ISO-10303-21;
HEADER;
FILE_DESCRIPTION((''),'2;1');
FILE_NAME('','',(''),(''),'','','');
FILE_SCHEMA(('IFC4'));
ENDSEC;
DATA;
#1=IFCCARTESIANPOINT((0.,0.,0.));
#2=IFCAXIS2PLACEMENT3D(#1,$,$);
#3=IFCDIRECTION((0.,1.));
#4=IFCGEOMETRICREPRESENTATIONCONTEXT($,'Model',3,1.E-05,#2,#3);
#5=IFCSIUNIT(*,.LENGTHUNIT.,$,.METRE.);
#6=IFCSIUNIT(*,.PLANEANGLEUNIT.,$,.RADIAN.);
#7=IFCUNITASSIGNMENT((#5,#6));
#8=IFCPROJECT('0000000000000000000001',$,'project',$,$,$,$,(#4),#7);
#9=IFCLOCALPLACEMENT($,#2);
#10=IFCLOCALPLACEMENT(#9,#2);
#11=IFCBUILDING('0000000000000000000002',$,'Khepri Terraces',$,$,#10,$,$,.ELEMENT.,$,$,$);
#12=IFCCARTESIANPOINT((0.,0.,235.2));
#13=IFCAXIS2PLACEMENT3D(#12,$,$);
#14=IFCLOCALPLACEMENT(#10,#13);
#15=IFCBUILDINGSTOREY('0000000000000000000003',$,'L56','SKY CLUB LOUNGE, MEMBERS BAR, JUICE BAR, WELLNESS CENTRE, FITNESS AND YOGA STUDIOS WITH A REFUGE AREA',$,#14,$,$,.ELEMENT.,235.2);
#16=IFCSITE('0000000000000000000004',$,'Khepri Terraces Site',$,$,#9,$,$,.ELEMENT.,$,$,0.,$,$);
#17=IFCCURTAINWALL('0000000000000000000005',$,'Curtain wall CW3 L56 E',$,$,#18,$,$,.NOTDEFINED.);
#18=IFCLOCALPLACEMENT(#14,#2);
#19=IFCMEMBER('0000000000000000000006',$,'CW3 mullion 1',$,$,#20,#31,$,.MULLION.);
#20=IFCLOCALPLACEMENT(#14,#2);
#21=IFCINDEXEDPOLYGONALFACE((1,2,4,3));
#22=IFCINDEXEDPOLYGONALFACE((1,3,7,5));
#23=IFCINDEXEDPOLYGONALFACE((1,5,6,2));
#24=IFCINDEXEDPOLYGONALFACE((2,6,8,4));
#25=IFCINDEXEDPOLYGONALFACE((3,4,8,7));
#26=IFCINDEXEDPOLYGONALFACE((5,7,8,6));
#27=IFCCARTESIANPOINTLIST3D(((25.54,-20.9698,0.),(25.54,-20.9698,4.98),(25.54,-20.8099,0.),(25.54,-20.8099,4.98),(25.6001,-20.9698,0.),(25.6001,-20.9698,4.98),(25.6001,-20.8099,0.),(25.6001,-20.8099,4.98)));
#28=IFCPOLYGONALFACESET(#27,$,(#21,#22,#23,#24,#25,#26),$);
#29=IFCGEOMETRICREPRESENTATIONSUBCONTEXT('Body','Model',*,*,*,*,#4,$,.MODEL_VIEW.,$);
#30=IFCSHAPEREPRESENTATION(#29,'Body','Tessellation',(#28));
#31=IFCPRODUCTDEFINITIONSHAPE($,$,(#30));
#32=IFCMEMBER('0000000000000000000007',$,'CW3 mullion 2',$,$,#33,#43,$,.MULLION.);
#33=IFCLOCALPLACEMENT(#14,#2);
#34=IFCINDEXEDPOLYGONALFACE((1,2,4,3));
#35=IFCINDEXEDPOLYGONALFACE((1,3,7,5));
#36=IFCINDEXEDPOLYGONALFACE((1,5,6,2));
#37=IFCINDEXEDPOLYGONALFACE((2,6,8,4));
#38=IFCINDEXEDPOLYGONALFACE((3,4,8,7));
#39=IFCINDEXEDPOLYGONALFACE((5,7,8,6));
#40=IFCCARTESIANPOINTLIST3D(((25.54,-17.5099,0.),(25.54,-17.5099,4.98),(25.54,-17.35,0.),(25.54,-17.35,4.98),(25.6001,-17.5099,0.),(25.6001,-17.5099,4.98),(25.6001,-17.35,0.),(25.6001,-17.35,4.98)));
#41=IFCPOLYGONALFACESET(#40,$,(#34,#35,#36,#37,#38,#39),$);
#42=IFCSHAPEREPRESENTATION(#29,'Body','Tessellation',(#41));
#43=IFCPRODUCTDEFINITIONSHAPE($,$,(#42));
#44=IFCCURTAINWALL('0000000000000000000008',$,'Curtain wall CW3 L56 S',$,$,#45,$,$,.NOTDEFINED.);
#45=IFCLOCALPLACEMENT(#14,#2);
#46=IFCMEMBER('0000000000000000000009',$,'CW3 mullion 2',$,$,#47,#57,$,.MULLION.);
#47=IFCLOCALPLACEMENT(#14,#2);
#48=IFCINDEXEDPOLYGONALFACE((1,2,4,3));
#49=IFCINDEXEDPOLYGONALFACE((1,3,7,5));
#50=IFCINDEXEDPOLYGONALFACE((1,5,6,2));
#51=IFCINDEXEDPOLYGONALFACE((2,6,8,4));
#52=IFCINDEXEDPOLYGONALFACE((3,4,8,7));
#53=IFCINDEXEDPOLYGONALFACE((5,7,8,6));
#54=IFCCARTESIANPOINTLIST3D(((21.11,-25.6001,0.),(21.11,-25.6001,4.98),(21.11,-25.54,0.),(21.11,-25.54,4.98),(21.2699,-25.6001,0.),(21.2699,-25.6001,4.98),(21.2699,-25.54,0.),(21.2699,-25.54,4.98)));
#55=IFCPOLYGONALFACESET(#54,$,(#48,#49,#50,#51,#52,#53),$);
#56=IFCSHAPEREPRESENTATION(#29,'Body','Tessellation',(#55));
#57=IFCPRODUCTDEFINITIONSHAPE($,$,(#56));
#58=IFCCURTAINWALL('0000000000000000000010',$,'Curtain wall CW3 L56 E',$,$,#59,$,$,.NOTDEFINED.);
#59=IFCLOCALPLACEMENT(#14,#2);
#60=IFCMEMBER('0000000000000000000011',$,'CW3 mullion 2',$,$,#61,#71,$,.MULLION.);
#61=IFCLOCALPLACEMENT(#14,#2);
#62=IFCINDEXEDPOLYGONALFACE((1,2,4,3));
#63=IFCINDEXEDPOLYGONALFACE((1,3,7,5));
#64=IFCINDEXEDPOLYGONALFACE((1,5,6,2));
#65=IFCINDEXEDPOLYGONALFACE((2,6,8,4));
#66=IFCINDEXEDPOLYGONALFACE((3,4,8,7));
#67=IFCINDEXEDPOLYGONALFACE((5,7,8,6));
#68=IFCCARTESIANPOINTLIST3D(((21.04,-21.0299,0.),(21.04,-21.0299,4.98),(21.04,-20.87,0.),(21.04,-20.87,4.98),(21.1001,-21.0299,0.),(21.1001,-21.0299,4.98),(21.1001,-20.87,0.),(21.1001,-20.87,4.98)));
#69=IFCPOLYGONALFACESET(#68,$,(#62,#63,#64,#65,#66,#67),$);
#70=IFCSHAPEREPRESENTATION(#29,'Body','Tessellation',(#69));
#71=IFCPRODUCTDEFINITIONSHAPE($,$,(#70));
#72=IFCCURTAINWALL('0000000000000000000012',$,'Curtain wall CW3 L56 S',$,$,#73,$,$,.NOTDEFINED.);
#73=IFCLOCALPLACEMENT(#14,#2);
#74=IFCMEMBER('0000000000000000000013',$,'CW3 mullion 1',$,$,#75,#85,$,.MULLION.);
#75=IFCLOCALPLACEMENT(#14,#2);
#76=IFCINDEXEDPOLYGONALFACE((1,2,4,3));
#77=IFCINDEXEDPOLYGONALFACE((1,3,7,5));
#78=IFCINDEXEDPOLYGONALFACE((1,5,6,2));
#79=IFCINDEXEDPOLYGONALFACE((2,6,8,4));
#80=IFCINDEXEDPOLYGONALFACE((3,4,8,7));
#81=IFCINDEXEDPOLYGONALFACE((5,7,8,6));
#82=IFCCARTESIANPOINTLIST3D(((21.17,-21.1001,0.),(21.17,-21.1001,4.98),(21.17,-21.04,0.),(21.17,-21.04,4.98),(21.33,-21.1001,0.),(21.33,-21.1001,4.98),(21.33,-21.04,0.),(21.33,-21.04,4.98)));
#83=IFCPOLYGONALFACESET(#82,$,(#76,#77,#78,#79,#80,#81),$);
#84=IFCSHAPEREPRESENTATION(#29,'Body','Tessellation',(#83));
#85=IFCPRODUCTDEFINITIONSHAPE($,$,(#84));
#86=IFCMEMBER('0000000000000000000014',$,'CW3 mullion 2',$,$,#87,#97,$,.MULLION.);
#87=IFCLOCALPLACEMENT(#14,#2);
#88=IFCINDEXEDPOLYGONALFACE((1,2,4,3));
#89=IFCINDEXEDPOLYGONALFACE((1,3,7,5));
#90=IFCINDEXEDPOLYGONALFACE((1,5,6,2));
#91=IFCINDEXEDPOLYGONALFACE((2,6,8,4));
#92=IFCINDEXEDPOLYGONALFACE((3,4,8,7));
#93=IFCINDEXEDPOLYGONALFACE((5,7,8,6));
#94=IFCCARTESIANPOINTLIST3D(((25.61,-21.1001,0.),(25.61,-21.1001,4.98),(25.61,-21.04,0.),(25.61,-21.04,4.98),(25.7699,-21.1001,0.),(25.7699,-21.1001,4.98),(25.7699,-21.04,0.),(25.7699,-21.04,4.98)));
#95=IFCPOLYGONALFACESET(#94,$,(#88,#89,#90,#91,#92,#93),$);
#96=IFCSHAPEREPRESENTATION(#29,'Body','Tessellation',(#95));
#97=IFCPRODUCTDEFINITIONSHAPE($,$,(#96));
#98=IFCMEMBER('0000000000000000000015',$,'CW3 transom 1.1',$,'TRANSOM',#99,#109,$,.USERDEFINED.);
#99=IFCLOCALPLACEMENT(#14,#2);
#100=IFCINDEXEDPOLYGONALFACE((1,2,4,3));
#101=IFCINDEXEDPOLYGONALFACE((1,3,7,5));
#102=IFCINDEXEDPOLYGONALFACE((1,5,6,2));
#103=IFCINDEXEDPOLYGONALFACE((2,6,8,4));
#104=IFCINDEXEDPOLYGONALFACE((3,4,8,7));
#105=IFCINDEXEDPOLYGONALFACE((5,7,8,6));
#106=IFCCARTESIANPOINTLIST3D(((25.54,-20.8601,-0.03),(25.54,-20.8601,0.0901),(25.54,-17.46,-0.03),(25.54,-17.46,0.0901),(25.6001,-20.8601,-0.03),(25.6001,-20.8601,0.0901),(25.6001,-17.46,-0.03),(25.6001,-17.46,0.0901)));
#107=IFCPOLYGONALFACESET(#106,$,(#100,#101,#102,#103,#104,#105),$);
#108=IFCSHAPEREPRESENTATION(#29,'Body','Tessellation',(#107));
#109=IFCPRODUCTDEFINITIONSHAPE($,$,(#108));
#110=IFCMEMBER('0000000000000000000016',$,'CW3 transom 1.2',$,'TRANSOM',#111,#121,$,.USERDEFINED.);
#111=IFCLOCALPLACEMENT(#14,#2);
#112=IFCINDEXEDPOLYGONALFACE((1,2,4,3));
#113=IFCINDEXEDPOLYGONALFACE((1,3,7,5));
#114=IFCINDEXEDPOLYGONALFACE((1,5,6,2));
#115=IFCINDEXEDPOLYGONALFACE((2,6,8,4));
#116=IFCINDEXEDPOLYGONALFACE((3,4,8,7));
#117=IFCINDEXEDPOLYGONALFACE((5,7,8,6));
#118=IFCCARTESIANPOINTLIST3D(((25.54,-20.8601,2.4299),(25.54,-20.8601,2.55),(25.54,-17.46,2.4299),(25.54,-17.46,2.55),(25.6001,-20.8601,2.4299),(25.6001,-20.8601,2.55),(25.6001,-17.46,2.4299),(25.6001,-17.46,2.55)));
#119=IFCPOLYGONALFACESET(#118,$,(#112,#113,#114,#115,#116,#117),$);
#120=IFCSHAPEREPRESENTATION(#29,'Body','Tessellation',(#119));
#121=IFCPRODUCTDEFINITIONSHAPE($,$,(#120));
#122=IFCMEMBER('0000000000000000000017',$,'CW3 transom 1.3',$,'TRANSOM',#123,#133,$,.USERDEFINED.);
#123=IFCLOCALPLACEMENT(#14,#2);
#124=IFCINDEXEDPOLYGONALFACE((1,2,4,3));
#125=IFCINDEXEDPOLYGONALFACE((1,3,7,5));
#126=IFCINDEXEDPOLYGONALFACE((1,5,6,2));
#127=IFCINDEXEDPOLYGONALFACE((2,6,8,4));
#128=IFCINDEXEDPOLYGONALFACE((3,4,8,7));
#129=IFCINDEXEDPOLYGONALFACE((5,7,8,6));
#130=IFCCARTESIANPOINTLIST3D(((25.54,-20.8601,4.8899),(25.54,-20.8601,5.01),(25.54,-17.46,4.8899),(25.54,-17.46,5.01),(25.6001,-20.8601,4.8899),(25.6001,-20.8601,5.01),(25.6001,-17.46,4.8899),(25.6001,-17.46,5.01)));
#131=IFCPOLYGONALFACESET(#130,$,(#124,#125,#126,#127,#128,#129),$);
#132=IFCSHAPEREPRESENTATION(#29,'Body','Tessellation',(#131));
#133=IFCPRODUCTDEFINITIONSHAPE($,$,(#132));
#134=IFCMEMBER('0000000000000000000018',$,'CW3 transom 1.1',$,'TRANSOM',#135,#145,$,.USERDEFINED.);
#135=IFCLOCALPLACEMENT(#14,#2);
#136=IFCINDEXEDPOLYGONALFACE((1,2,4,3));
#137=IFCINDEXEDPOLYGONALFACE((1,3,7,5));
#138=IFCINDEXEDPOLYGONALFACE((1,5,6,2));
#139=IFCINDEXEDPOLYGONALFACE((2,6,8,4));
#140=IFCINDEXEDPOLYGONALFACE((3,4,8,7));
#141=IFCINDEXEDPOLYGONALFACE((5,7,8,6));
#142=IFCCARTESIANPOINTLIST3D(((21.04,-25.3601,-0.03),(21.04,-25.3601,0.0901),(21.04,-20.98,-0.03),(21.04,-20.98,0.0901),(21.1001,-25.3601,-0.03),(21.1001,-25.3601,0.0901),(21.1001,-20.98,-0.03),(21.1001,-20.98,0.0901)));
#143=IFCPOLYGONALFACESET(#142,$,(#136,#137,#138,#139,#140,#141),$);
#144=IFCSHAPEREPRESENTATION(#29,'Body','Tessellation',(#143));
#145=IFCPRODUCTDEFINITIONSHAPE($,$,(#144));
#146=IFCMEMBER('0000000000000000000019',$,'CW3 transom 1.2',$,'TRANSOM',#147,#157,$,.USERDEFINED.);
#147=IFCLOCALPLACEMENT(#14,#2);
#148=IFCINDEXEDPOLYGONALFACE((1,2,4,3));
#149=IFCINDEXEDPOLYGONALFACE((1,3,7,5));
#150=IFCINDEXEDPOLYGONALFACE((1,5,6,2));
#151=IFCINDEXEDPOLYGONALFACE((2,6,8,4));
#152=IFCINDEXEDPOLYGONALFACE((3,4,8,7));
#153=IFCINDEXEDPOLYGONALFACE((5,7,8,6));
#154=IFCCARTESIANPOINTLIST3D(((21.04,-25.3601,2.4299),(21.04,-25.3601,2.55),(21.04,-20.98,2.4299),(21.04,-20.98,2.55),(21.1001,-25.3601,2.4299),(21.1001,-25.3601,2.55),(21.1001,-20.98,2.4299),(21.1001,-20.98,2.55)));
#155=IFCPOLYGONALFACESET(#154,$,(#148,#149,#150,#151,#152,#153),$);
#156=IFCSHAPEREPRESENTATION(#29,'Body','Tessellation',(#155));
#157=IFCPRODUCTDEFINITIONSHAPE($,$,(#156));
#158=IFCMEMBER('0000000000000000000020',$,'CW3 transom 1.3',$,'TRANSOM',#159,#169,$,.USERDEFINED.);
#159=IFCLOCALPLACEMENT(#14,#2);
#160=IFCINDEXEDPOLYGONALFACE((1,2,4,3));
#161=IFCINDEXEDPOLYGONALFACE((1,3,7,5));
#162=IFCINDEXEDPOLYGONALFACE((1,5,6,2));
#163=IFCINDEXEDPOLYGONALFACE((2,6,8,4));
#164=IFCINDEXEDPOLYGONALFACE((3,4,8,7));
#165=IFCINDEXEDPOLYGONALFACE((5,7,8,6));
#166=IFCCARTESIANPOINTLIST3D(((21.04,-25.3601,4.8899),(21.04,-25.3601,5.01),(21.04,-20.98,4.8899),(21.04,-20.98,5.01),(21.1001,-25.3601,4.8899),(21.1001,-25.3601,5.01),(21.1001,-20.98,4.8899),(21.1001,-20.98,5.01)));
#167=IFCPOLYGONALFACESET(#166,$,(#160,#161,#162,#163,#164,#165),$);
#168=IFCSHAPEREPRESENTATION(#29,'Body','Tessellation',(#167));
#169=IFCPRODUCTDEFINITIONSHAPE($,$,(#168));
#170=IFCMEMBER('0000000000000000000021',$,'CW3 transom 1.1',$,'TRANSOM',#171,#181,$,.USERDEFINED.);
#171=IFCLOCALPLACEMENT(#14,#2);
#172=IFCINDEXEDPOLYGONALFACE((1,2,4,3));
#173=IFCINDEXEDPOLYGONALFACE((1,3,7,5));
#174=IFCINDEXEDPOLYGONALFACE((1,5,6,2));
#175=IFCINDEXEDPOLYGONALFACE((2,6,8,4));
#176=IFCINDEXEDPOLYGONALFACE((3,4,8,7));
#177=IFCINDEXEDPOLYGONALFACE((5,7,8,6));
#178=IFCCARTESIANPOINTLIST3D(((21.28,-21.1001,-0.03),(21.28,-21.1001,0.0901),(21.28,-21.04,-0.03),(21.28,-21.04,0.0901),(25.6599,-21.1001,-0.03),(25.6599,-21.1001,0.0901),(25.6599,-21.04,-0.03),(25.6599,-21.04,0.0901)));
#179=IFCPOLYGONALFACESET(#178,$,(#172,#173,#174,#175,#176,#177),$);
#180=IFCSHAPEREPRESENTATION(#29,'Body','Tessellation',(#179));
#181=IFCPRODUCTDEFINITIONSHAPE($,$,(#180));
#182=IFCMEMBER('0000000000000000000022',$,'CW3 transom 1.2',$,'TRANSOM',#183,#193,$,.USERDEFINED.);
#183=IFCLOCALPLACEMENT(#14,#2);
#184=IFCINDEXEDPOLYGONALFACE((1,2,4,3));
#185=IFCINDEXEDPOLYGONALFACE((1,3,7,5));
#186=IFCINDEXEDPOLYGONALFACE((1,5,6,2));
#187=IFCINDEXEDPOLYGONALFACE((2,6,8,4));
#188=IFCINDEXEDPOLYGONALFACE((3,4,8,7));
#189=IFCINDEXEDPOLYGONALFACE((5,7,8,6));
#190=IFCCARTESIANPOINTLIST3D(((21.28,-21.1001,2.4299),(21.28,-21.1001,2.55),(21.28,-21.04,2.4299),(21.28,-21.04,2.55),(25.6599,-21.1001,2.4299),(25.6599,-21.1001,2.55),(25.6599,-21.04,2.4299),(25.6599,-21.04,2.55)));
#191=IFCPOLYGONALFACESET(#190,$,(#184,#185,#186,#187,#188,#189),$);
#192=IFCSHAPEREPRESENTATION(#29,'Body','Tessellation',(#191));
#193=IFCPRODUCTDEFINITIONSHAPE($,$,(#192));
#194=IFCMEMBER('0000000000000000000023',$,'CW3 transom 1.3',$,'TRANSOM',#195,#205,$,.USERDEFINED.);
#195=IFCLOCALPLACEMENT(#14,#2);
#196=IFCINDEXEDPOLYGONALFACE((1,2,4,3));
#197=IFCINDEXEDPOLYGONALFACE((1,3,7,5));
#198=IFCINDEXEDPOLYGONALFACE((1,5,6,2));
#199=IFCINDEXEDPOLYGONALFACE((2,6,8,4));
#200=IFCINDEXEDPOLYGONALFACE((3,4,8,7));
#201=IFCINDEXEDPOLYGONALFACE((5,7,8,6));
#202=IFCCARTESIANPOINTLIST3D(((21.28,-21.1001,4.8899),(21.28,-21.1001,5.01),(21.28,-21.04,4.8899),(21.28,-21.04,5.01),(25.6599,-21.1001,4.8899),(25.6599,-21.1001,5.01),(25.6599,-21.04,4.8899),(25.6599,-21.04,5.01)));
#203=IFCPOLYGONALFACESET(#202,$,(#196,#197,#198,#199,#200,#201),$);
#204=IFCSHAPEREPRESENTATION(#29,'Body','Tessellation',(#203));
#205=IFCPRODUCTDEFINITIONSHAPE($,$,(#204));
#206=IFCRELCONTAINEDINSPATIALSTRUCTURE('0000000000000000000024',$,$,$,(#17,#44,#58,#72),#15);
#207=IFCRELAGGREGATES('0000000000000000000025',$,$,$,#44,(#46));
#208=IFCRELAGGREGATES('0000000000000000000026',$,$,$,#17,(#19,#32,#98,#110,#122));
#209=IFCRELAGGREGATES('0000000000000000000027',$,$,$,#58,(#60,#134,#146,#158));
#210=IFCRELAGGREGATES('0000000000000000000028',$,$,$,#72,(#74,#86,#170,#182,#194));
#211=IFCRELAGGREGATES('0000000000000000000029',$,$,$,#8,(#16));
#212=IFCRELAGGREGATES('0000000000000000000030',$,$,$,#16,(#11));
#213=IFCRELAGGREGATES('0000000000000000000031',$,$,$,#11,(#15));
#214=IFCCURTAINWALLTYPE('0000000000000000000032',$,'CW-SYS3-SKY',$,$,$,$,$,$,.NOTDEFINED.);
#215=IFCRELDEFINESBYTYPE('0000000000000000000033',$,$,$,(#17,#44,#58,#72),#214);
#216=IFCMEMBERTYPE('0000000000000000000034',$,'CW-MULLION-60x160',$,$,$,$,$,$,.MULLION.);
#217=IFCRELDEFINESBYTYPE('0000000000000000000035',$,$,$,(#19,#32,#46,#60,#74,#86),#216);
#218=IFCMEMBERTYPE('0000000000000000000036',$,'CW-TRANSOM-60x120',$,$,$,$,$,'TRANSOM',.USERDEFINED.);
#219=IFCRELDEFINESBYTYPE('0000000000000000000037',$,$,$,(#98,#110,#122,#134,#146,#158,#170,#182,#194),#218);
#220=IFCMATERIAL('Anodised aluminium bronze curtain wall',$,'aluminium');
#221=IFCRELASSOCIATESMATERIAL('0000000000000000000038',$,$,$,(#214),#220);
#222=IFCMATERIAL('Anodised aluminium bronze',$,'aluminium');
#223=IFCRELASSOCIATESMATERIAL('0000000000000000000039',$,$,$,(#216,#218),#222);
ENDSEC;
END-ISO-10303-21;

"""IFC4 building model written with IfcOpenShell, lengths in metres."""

from ifc_helpers import new_model, si_unit, direction, frame, origin, origin_2d, place, context, subcontext, project, spatial, rectangle, extrude, material, material_profile, profile_set, type_object, element, aggregate, save


model = new_model("IFC4")

# Units and contexts
model_context = context("Model", 3, precision=1e-05, world=origin(), true_north=direction((0.0, 1.0)))
body_context = subcontext(model_context, "Body", "Model", "MODEL_VIEW")
ifc_project = project(units=[si_unit("LENGTHUNIT", "METRE"), si_unit("PLANEANGLEUNIT", "RADIAN")], contexts=[model_context])

# Site, building, storey
site_placement = place(None, origin())
site = spatial("IfcSite", under=ifc_project, at=site_placement, Name="Khepri Terraces Site", CompositionType="ELEMENT", RefElevation=0.0)
building_placement = place(site_placement, origin())
building = spatial("IfcBuilding", under=site, at=building_placement, Name="Khepri Terraces", CompositionType="ELEMENT")
storey_placement = place(building_placement, frame((0.0, 0.0, 235.2)))
storey = spatial("IfcBuildingStorey", under=building, at=storey_placement, Name="L56", Description="SKY CLUB LOUNGE, MEMBERS BAR, JUICE BAR, WELLNESS CENTRE, FITNESS AND YOGA STUDIOS WITH A REFUGE AREA", CompositionType="ELEMENT", Elevation=235.2)

# Curtain wall, members
ifc_material_1 = material(Name="Anodised aluminium bronze curtain wall", Category="aluminium")
curtain_wall_type = type_object("IfcCurtainWallType", Name="CW-SYS3-SKY", PredefinedType="NOTDEFINED", material=ifc_material_1)
curtain_wall_1_placement = place(storey_placement, origin())
curtain_wall_1 = element("IfcCurtainWall", 1, at=curtain_wall_1_placement, inside=storey, type_object=curtain_wall_type, Name="Curtain wall CW3 L56 E", PredefinedType="NOTDEFINED")
ifc_material_2 = material(Name="Anodised aluminium bronze", Category="aluminium")
ifc_material_profile_1 = material_profile(ifc_material_2, rectangle(XDim=0.0601, YDim=0.1599, at=origin_2d()), Name="Anodised aluminium bronze", Category="aluminium")
ifc_profile_set_1 = profile_set([ifc_material_profile_1], Name="Anodised aluminium bronze")
member_type_1 = type_object("IfcMemberType", Name="CW-MULLION-60x160", PredefinedType="MULLION", material=ifc_profile_set_1)
member_1_placement = place(storey_placement, frame((25.5701, -20.8899, 0.0), z_axis=(0.0, 0.0, 1.0), x_axis=(-1.0, 0.0, 0.0)))
member_1 = element("IfcMember", 2, at=member_1_placement, type_object=member_type_1, Name="CW3 mullion 1", PredefinedType="MULLION", context=body_context, shape_type="SweptSolid", body=[
    extrude(rectangle(XDim=0.0601, YDim=0.1599, at=origin_2d()), origin(), (0.0, 0.0, 1.0), 4.98),
])
member_2_placement = place(storey_placement, frame((25.5701, -17.4299, 0.0), z_axis=(0.0, 0.0, 1.0), x_axis=(-1.0, 0.0, 0.0)))
member_2 = element("IfcMember", 3, at=member_2_placement, type_object=member_type_1, Name="CW3 mullion 2", PredefinedType="MULLION", context=body_context, shape_type="SweptSolid", body=[
    extrude(rectangle(XDim=0.0601, YDim=0.1599, at=origin_2d()), origin(), (0.0, 0.0, 1.0), 4.98),
])

# Curtain walls, members
curtain_wall_2_placement = place(storey_placement, origin())
curtain_wall_2 = element("IfcCurtainWall", 4, at=curtain_wall_2_placement, inside=storey, type_object=curtain_wall_type, Name="Curtain wall CW3 L56 S", PredefinedType="NOTDEFINED")
member_3_placement = place(storey_placement, frame((21.1899, -25.5701, 0.0), z_axis=(0.0, 0.0, 1.0), x_axis=(0.0, 1.0, 0.0)))
member_3 = element("IfcMember", 5, at=member_3_placement, type_object=member_type_1, Name="CW3 mullion 2", PredefinedType="MULLION", context=body_context, shape_type="SweptSolid", body=[
    extrude(rectangle(XDim=0.0601, YDim=0.1599, at=origin_2d()), origin(), (0.0, 0.0, 1.0), 4.98),
])
aggregate(curtain_wall_2, [member_3])
curtain_wall_3_placement = place(storey_placement, origin())
curtain_wall_3 = element("IfcCurtainWall", 6, at=curtain_wall_3_placement, inside=storey, type_object=curtain_wall_type, Name="Curtain wall CW3 L56 E", PredefinedType="NOTDEFINED")
member_4_placement = place(storey_placement, frame((21.0701, -20.95, 0.0), z_axis=(0.0, 0.0, 1.0), x_axis=(-1.0, 0.0, 0.0)))
member_4 = element("IfcMember", 7, at=member_4_placement, type_object=member_type_1, Name="CW3 mullion 2", PredefinedType="MULLION", context=body_context, shape_type="SweptSolid", body=[
    extrude(rectangle(XDim=0.0601, YDim=0.1599, at=origin_2d()), origin(), (0.0, 0.0, 1.0), 4.98),
])

# Curtain wall, members
curtain_wall_4_placement = place(storey_placement, origin())
curtain_wall_4 = element("IfcCurtainWall", 8, at=curtain_wall_4_placement, inside=storey, type_object=curtain_wall_type, Name="Curtain wall CW3 L56 S", PredefinedType="NOTDEFINED")
member_5_placement = place(storey_placement, frame((21.25, -21.0701, 0.0), z_axis=(0.0, 0.0, 1.0), x_axis=(0.0, 1.0, 0.0)))
member_5 = element("IfcMember", 9, at=member_5_placement, type_object=member_type_1, Name="CW3 mullion 1", PredefinedType="MULLION", context=body_context, shape_type="SweptSolid", body=[
    extrude(rectangle(XDim=0.0601, YDim=0.1599, at=origin_2d()), origin(), (0.0, 0.0, 1.0), 4.98),
])
member_6_placement = place(storey_placement, frame((25.6899, -21.0701, 0.0), z_axis=(0.0, 0.0, 1.0), x_axis=(0.0, 1.0, 0.0)))
member_6 = element("IfcMember", 10, at=member_6_placement, type_object=member_type_1, Name="CW3 mullion 2", PredefinedType="MULLION", context=body_context, shape_type="SweptSolid", body=[
    extrude(rectangle(XDim=0.0601, YDim=0.1599, at=origin_2d()), origin(), (0.0, 0.0, 1.0), 4.98),
])

# Members
ifc_material_profile_2 = material_profile(ifc_material_2, rectangle(XDim=0.0601, YDim=0.1201, at=origin_2d()), Name="Anodised aluminium bronze", Category="aluminium")
ifc_profile_set_2 = profile_set([ifc_material_profile_2], Name="Anodised aluminium bronze")
member_type_2 = type_object("IfcMemberType", Name="CW-TRANSOM-60x120", ElementType="TRANSOM", PredefinedType="USERDEFINED", material=ifc_profile_set_2)
member_7_placement = place(storey_placement, frame((25.5701, -20.8601, 0.03), z_axis=(0.0, 1.0, 0.0), x_axis=(-1.0, 0.0, 0.0)))
member_7 = element("IfcMember", 11, at=member_7_placement, type_object=member_type_2, Name="CW3 transom 1.1", ObjectType="TRANSOM", PredefinedType="USERDEFINED", context=body_context, shape_type="SweptSolid", body=[
    extrude(rectangle(XDim=0.0601, YDim=0.1201, at=origin_2d()), origin(), (0.0, 0.0, 1.0), 3.4001),
])
member_8_placement = place(storey_placement, frame((25.5701, -20.8601, 2.49), z_axis=(0.0, 1.0, 0.0), x_axis=(-1.0, 0.0, 0.0)))
member_8 = element("IfcMember", 12, at=member_8_placement, type_object=member_type_2, Name="CW3 transom 1.2", ObjectType="TRANSOM", PredefinedType="USERDEFINED", context=body_context, shape_type="SweptSolid", body=[
    extrude(rectangle(XDim=0.0601, YDim=0.1201, at=origin_2d()), origin(), (0.0, 0.0, 1.0), 3.4001),
])
member_9_placement = place(storey_placement, frame((25.5701, -20.8601, 4.95), z_axis=(0.0, 1.0, 0.0), x_axis=(-1.0, 0.0, 0.0)))
member_9 = element("IfcMember", 13, at=member_9_placement, type_object=member_type_2, Name="CW3 transom 1.3", ObjectType="TRANSOM", PredefinedType="USERDEFINED", context=body_context, shape_type="SweptSolid", body=[
    extrude(rectangle(XDim=0.0601, YDim=0.1201, at=origin_2d()), origin(), (0.0, 0.0, 1.0), 3.4001),
])
member_10_placement = place(storey_placement, frame((21.0701, -25.3601, 0.03), z_axis=(0.0, 1.0, 0.0), x_axis=(-1.0, 0.0, 0.0)))
member_10 = element("IfcMember", 14, at=member_10_placement, type_object=member_type_2, Name="CW3 transom 1.1", ObjectType="TRANSOM", PredefinedType="USERDEFINED", context=body_context, shape_type="SweptSolid", body=[
    extrude(rectangle(XDim=0.0601, YDim=0.1201, at=origin_2d()), origin(), (0.0, 0.0, 1.0), 4.3801),
])
member_11_placement = place(storey_placement, frame((21.0701, -25.3601, 2.49), z_axis=(0.0, 1.0, 0.0), x_axis=(-1.0, 0.0, 0.0)))
member_11 = element("IfcMember", 15, at=member_11_placement, type_object=member_type_2, Name="CW3 transom 1.2", ObjectType="TRANSOM", PredefinedType="USERDEFINED", context=body_context, shape_type="SweptSolid", body=[
    extrude(rectangle(XDim=0.0601, YDim=0.1201, at=origin_2d()), origin(), (0.0, 0.0, 1.0), 4.3801),
])
member_12_placement = place(storey_placement, frame((21.0701, -25.3601, 4.95), z_axis=(0.0, 1.0, 0.0), x_axis=(-1.0, 0.0, 0.0)))
member_12 = element("IfcMember", 16, at=member_12_placement, type_object=member_type_2, Name="CW3 transom 1.3", ObjectType="TRANSOM", PredefinedType="USERDEFINED", context=body_context, shape_type="SweptSolid", body=[
    extrude(rectangle(XDim=0.0601, YDim=0.1201, at=origin_2d()), origin(), (0.0, 0.0, 1.0), 4.3801),
])
member_13_placement = place(storey_placement, frame((21.28, -21.0701, 0.03), z_axis=(1.0, 0.0, 0.0), x_axis=(0.0, 1.0, 0.0)))
member_13 = element("IfcMember", 17, at=member_13_placement, type_object=member_type_2, Name="CW3 transom 1.1", ObjectType="TRANSOM", PredefinedType="USERDEFINED", context=body_context, shape_type="SweptSolid", body=[
    extrude(rectangle(XDim=0.0601, YDim=0.1201, at=origin_2d()), origin(), (0.0, 0.0, 1.0), 4.3799),
])
member_14_placement = place(storey_placement, frame((21.28, -21.0701, 2.49), z_axis=(1.0, 0.0, 0.0), x_axis=(0.0, 1.0, 0.0)))
member_14 = element("IfcMember", 18, at=member_14_placement, type_object=member_type_2, Name="CW3 transom 1.2", ObjectType="TRANSOM", PredefinedType="USERDEFINED", context=body_context, shape_type="SweptSolid", body=[
    extrude(rectangle(XDim=0.0601, YDim=0.1201, at=origin_2d()), origin(), (0.0, 0.0, 1.0), 4.3799),
])
member_15_placement = place(storey_placement, frame((21.28, -21.0701, 4.95), z_axis=(1.0, 0.0, 0.0), x_axis=(0.0, 1.0, 0.0)))
member_15 = element("IfcMember", 19, at=member_15_placement, type_object=member_type_2, Name="CW3 transom 1.3", ObjectType="TRANSOM", PredefinedType="USERDEFINED", context=body_context, shape_type="SweptSolid", body=[
    extrude(rectangle(XDim=0.0601, YDim=0.1201, at=origin_2d()), origin(), (0.0, 0.0, 1.0), 4.3799),
])

aggregate(curtain_wall_1, [member_1, member_2, member_7, member_8, member_9])
aggregate(curtain_wall_3, [member_4, member_10, member_11, member_12])
aggregate(curtain_wall_4, [member_5, member_6, member_13, member_14, member_15])

save(model, "model.ifc")
